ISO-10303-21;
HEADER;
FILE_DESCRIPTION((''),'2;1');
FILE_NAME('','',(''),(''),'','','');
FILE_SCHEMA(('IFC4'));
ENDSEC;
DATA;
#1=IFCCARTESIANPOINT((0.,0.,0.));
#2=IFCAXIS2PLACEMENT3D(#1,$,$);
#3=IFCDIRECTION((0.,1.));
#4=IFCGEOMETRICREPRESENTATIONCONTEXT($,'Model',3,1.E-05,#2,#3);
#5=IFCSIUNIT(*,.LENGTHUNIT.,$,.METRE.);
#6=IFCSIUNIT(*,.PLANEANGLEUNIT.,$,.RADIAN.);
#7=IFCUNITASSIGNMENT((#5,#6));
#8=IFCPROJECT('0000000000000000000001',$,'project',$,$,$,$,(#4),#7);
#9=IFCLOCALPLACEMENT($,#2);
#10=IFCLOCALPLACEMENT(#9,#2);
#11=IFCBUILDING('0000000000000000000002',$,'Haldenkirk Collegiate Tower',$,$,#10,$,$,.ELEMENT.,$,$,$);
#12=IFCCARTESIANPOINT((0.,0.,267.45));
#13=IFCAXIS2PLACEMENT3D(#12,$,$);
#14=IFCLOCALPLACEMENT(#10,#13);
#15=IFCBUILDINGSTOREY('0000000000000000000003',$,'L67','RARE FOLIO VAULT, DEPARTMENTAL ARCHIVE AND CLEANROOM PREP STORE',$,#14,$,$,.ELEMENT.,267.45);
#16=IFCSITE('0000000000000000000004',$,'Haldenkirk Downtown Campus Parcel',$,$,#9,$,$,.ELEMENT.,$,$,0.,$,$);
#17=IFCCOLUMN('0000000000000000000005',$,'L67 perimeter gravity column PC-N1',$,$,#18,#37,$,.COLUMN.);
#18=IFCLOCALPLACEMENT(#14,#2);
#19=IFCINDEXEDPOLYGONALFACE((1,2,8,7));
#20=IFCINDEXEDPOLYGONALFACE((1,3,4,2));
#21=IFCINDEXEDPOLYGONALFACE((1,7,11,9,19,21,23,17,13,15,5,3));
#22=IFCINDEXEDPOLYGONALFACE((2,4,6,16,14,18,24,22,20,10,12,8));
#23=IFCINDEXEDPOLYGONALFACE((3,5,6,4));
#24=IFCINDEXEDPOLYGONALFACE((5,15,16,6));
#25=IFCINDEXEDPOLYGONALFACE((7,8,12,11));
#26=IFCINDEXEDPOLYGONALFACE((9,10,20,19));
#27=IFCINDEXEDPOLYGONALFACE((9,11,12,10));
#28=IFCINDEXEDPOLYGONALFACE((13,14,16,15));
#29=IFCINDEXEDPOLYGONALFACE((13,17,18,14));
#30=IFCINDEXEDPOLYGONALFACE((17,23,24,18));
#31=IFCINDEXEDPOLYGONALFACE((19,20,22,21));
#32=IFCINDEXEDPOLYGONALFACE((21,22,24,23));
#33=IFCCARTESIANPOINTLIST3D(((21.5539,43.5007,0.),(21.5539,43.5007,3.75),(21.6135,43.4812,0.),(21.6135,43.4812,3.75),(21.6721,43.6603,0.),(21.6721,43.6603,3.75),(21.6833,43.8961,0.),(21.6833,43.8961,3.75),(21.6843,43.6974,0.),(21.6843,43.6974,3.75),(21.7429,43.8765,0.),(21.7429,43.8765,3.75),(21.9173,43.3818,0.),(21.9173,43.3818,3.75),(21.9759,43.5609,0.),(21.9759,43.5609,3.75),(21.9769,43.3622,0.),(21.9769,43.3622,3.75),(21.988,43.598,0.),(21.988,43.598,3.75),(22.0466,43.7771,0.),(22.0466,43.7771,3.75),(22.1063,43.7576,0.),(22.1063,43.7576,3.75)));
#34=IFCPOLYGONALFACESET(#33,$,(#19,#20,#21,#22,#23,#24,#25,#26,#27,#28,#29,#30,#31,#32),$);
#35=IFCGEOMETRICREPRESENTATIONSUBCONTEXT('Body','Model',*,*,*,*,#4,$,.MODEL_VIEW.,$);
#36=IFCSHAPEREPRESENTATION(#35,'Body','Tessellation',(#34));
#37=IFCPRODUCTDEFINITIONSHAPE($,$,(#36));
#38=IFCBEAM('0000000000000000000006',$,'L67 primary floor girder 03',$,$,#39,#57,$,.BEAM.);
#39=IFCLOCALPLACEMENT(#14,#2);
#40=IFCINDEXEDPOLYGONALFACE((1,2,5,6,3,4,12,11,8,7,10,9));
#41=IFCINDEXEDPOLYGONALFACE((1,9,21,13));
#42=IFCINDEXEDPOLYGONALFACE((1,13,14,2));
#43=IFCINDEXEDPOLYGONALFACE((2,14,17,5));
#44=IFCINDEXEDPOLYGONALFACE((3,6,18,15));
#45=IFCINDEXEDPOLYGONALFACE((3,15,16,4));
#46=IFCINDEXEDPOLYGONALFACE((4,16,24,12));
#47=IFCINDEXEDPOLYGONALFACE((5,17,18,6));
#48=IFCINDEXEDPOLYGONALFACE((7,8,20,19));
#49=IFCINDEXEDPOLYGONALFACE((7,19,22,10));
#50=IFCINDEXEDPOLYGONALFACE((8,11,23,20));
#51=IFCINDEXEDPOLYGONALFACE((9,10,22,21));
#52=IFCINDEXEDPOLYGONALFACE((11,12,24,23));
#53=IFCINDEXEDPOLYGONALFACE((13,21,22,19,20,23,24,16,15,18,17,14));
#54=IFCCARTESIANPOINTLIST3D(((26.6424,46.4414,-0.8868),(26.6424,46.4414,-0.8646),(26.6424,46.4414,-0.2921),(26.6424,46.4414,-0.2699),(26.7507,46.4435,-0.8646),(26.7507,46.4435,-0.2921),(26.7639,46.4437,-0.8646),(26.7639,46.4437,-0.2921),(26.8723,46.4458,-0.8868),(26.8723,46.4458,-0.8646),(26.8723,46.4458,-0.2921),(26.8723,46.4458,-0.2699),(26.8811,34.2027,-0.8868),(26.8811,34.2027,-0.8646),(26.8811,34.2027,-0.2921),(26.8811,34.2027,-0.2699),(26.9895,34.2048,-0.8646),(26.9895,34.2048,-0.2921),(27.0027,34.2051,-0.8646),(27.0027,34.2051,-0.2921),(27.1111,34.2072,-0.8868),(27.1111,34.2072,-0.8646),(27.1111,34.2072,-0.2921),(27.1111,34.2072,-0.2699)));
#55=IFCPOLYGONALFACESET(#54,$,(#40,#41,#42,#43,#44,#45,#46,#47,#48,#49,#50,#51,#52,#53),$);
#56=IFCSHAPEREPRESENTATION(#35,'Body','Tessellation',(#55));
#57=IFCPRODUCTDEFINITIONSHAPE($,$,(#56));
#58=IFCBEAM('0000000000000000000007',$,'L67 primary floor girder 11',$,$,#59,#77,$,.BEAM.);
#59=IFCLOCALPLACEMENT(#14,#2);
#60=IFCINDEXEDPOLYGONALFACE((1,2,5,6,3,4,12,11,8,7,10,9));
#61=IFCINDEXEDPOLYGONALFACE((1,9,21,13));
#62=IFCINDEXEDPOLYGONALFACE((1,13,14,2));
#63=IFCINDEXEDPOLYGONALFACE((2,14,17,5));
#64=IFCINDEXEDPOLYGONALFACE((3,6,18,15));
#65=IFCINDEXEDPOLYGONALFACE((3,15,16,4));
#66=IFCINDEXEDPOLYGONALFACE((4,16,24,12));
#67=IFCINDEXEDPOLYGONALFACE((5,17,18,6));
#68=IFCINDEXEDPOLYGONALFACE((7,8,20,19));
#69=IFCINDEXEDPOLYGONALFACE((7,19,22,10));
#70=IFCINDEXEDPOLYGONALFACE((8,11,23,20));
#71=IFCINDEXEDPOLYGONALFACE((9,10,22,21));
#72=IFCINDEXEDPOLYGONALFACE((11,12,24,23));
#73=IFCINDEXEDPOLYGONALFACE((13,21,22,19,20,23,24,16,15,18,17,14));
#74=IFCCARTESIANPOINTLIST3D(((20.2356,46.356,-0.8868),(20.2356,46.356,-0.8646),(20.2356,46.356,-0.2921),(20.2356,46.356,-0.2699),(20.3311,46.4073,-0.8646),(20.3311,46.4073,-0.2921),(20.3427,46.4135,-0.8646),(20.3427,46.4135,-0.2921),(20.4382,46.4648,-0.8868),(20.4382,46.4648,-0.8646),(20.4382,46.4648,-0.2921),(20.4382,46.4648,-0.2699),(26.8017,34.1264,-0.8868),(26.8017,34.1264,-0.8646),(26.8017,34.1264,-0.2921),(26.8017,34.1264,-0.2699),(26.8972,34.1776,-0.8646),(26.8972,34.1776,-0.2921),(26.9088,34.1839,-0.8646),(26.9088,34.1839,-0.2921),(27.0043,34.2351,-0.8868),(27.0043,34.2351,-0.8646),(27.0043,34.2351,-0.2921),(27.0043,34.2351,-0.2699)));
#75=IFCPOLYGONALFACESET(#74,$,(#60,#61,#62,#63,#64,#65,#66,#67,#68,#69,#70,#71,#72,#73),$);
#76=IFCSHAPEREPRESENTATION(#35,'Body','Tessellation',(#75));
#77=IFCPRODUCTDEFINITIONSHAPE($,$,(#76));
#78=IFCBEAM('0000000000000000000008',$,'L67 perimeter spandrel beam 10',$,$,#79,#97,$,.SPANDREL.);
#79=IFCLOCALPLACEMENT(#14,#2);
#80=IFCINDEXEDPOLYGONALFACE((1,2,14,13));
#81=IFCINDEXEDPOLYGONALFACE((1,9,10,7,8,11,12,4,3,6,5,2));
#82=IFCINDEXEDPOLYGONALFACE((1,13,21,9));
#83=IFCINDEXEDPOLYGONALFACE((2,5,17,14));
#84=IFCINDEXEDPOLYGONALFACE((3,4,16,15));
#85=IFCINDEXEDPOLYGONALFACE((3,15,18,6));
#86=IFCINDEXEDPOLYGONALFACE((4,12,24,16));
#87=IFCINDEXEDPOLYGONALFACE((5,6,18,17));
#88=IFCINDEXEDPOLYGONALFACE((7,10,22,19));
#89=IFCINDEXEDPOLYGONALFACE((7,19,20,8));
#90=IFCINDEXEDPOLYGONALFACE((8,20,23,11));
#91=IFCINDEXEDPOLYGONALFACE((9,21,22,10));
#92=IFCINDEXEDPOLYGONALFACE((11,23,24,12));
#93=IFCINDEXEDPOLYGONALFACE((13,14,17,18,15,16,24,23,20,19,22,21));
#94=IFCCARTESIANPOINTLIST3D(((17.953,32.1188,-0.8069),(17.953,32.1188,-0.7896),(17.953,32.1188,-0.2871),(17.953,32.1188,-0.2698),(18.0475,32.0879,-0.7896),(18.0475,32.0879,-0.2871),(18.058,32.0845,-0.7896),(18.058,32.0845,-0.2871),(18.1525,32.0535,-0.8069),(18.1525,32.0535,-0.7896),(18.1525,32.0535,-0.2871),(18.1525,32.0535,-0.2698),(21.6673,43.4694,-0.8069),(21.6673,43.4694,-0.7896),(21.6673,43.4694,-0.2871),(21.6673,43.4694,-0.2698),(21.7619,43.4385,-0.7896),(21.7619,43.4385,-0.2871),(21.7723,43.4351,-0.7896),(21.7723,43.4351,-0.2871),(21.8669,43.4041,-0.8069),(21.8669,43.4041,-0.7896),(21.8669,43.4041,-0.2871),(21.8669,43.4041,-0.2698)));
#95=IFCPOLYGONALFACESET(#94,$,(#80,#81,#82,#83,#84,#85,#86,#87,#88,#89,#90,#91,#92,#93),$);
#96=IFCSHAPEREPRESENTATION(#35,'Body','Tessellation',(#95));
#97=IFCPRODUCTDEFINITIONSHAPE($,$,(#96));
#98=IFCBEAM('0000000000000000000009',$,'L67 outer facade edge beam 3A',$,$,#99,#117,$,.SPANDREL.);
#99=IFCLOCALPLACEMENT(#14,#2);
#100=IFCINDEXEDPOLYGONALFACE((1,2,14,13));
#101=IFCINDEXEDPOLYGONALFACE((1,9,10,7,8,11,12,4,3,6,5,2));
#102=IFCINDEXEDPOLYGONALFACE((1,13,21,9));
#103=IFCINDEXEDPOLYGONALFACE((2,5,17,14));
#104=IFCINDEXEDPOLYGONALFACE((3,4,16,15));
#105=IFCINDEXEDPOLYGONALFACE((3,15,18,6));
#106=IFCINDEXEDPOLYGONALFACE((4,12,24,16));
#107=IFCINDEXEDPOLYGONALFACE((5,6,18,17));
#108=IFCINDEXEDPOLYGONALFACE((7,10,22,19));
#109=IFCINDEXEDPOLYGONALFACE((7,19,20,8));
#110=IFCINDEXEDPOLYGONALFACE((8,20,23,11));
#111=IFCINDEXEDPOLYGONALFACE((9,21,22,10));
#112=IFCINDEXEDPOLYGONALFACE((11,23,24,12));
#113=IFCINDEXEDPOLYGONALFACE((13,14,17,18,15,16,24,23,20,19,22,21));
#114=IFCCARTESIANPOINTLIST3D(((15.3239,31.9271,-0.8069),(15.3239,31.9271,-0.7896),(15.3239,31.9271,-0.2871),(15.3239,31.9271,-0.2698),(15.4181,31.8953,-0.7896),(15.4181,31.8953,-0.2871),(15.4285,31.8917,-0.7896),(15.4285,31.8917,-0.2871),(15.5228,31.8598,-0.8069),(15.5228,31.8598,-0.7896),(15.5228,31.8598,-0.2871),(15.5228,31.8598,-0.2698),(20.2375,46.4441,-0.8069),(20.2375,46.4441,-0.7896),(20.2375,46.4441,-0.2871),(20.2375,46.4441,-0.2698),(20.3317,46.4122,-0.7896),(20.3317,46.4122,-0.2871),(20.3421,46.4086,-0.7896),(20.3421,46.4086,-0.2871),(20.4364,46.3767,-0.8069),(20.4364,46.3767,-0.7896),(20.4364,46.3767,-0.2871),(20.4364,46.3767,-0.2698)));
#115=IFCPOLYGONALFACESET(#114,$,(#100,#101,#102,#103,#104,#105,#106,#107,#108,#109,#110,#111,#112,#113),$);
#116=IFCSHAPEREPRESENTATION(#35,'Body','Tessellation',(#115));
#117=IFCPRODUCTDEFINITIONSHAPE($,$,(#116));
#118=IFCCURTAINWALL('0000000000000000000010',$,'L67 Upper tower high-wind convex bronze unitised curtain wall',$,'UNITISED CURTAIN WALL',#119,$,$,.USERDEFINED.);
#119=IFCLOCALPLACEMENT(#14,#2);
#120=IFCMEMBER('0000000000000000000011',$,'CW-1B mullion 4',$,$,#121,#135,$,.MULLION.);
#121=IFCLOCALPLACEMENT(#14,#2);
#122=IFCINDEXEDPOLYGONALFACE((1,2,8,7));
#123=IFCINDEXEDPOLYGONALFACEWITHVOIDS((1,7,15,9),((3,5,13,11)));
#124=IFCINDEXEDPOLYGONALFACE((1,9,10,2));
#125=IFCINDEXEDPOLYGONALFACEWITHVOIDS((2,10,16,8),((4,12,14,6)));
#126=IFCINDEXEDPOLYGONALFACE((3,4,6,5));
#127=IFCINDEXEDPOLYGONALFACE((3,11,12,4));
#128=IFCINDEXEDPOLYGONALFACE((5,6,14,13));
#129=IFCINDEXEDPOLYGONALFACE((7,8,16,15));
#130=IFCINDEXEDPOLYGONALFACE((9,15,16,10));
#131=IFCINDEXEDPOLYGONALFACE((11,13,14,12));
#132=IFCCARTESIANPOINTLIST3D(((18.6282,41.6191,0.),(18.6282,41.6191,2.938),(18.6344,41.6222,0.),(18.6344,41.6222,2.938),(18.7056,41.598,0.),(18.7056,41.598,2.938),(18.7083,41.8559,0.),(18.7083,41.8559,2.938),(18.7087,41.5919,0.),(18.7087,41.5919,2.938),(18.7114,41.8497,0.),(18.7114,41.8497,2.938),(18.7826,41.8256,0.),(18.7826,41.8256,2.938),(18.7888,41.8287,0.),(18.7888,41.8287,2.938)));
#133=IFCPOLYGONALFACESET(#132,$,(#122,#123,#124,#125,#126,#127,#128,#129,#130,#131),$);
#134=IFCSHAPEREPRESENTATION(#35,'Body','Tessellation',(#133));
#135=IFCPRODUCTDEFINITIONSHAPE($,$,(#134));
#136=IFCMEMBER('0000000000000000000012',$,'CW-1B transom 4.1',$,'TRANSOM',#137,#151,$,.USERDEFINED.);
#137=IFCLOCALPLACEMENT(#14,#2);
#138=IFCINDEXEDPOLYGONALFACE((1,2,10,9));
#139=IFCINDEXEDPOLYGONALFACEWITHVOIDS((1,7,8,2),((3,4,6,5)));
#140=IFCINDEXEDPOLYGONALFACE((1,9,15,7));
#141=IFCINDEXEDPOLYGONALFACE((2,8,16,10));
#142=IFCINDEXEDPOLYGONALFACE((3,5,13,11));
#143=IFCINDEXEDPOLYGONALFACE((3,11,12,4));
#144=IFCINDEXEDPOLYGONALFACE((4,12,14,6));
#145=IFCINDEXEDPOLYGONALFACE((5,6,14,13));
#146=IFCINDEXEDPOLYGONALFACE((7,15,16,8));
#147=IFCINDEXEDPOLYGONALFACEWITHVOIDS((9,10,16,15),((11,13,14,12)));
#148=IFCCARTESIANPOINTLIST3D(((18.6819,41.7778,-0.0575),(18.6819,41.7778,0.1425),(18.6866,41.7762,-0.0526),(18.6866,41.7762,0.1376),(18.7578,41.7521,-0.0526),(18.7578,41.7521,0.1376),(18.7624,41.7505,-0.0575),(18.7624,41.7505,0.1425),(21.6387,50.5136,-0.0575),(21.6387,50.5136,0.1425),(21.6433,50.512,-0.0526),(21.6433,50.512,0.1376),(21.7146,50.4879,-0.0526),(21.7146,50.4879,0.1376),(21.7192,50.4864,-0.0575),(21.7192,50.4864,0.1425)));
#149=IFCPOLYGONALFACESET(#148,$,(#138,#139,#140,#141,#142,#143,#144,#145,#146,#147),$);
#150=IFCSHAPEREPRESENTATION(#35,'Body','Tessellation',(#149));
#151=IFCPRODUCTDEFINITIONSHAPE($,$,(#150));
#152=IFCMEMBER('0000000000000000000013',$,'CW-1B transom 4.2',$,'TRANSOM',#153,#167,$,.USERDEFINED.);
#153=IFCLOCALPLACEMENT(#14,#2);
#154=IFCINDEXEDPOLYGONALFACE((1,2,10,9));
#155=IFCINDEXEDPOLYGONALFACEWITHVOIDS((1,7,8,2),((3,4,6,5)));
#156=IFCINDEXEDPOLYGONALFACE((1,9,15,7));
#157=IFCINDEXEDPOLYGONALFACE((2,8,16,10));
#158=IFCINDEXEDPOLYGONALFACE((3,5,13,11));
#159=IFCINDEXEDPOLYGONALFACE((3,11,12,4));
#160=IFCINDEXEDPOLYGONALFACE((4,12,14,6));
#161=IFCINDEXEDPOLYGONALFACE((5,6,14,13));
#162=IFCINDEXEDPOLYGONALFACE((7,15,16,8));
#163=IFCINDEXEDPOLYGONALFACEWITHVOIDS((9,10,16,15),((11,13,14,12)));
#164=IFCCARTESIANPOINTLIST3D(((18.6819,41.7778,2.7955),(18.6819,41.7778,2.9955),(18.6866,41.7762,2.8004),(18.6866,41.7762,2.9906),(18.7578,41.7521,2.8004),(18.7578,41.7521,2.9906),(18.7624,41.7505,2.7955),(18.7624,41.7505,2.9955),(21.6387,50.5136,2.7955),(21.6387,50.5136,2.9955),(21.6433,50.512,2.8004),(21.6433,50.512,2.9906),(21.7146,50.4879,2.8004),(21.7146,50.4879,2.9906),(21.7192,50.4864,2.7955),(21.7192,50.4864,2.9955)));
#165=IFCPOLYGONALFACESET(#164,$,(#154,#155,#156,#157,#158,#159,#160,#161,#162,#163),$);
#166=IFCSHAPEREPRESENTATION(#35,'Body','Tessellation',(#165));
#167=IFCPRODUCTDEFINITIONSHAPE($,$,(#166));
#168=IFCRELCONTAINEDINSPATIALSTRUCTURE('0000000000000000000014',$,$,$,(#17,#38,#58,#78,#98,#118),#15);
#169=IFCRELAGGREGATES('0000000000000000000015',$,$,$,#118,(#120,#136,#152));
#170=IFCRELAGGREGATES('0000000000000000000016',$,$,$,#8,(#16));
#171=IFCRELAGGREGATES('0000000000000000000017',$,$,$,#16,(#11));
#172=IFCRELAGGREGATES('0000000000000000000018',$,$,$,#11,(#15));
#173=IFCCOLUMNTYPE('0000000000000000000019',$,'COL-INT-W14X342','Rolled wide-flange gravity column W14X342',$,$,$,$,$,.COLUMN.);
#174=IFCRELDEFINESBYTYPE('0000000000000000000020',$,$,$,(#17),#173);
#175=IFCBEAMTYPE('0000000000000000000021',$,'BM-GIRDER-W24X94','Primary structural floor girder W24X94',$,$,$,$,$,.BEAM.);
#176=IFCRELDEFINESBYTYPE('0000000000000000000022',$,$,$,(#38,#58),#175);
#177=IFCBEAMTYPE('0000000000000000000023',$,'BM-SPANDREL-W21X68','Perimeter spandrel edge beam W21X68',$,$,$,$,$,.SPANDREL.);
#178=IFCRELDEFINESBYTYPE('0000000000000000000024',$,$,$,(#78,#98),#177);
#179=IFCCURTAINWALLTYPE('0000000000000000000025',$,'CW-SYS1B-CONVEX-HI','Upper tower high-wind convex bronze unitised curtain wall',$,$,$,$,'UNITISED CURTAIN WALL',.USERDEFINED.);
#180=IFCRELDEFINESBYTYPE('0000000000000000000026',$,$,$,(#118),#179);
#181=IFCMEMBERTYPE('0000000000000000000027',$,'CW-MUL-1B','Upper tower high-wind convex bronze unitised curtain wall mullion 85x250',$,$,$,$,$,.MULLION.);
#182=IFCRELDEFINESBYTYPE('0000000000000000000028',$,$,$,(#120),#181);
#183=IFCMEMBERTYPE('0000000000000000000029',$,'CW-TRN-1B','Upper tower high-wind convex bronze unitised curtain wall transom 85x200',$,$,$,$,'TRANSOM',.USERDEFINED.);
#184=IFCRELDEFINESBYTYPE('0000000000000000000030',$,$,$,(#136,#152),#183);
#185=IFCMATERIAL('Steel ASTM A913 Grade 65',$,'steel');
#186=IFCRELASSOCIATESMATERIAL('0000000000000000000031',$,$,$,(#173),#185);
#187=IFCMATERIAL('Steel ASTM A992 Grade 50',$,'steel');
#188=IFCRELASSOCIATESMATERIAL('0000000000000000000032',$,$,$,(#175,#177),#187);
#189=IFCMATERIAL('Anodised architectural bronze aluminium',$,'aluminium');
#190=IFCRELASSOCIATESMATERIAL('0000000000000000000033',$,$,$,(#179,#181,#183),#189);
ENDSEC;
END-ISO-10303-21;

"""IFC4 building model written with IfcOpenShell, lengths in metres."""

from ifc_helpers import new_model, si_unit, direction, frame, origin, origin_2d, place, context, subcontext, project, spatial, hollow_rectangle, i_section, extrude, material, material_profile, profile_set, type_object, element, aggregate, save


model = new_model("IFC4")

# Units and contexts
model_context = context("Model", 3, precision=1e-05, world=origin(), true_north=direction((0.0, 1.0)))
body_context = subcontext(model_context, "Body", "Model", "MODEL_VIEW")
ifc_project = project(units=[si_unit("LENGTHUNIT", "METRE"), si_unit("PLANEANGLEUNIT", "RADIAN")], contexts=[model_context])

# Site, building, storey
site_placement = place(None, origin())
site = spatial("IfcSite", under=ifc_project, at=site_placement, Name="Haldenkirk Downtown Campus Parcel", CompositionType="ELEMENT", RefElevation=0.0)
building_placement = place(site_placement, origin())
building = spatial("IfcBuilding", under=site, at=building_placement, Name="Haldenkirk Collegiate Tower", CompositionType="ELEMENT")
storey_placement = place(building_placement, frame((0.0, 0.0, 267.45)))
storey = spatial("IfcBuildingStorey", under=building, at=storey_placement, Name="L67", Description="RARE FOLIO VAULT, DEPARTMENTAL ARCHIVE AND CLEANROOM PREP STORE", CompositionType="ELEMENT", Elevation=267.45)

# Column
ifc_material_1 = material(Name="Steel ASTM A913 Grade 65", Category="steel")
ifc_material_profile_1 = material_profile(ifc_material_1, i_section(OverallWidth=0.416, OverallDepth=0.4451, WebThickness=0.0391, FlangeThickness=0.0627, at=origin_2d()), Name="W14X342")
ifc_profile_set_1 = profile_set([ifc_material_profile_1], Name="Steel ASTM A913 Grade 65")
column_type = type_object("IfcColumnType", Name="COL-INT-W14X342", Description="Rolled wide-flange gravity column W14X342", PredefinedType="COLUMN", material=ifc_profile_set_1)
column_placement = place(storey_placement, frame((21.8301, 43.6292, 0.0), z_axis=(0.0, 0.0, 1.0), x_axis=(0.311008, 0.950407, 0.0)))
element("IfcColumn", 1, at=column_placement, inside=storey, type_object=column_type, Name="L67 perimeter gravity column PC-N1", PredefinedType="COLUMN", context=body_context, shape_type="SweptSolid", body=[
    extrude(i_section(OverallWidth=0.416, OverallDepth=0.4451, WebThickness=0.0391, FlangeThickness=0.0627, at=origin_2d()), origin(), (0.0, 0.0, 1.0), 3.75),
])

# Beams
ifc_material_2 = material(Name="Steel ASTM A992 Grade 50", Category="steel")
ifc_material_profile_2 = material_profile(ifc_material_2, i_section(OverallWidth=0.23, OverallDepth=0.6169, WebThickness=0.0132, FlangeThickness=0.0222, at=origin_2d()), Name="W24X94")
ifc_profile_set_2 = profile_set([ifc_material_profile_2], Name="Steel ASTM A992 Grade 50")
beam_type_1 = type_object("IfcBeamType", Name="BM-GIRDER-W24X94", Description="Primary structural floor girder W24X94", PredefinedType="BEAM", material=ifc_profile_set_2)
beam_1_placement = place(storey_placement, frame((26.7573, 46.4436, -0.5784), z_axis=(0.019506, -0.99981, 0.0), x_axis=(0.99981, 0.019506, 0.0)))
element("IfcBeam", 2, at=beam_1_placement, inside=storey, type_object=beam_type_1, Name="L67 primary floor girder 03", PredefinedType="BEAM", context=body_context, shape_type="SweptSolid", body=[
    extrude(i_section(OverallWidth=0.23, OverallDepth=0.6169, WebThickness=0.0132, FlangeThickness=0.0222, at=origin_2d()), origin(), (0.0, 0.0, 1.0), 12.241),
])
beam_2_placement = place(storey_placement, frame((20.3369, 46.4104, -0.5784), z_axis=(0.473034, -0.881044, 0.0), x_axis=(0.881044, 0.473034, 0.0)))
element("IfcBeam", 3, at=beam_2_placement, inside=storey, type_object=beam_type_1, Name="L67 primary floor girder 11", PredefinedType="BEAM", context=body_context, shape_type="SweptSolid", body=[
    extrude(i_section(OverallWidth=0.23, OverallDepth=0.6169, WebThickness=0.0132, FlangeThickness=0.0222, at=origin_2d()), origin(), (0.0, 0.0, 1.0), 13.8809),
])
ifc_material_profile_3 = material_profile(ifc_material_2, i_section(OverallWidth=0.21, OverallDepth=0.5371, WebThickness=0.011, FlangeThickness=0.0173, at=origin_2d()), Name="W21X68")
ifc_profile_set_3 = profile_set([ifc_material_profile_3], Name="Steel ASTM A992 Grade 50")
beam_type_2 = type_object("IfcBeamType", Name="BM-SPANDREL-W21X68", Description="Perimeter spandrel edge beam W21X68", PredefinedType="SPANDREL", material=ifc_profile_set_3)
beam_3_placement = place(storey_placement, frame((21.7671, 43.4368, -0.5383), z_axis=(-0.31101, -0.950407, 0.0), x_axis=(0.950407, -0.31101, 0.0)))
element("IfcBeam", 4, at=beam_3_placement, inside=storey, type_object=beam_type_2, Name="L67 perimeter spandrel beam 10", PredefinedType="SPANDREL", context=body_context, shape_type="SweptSolid", body=[
    extrude(i_section(OverallWidth=0.21, OverallDepth=0.5371, WebThickness=0.011, FlangeThickness=0.0173, at=origin_2d()), origin(), (0.0, 0.0, 1.0), 11.9429),
])
beam_4_placement = place(storey_placement, frame((20.3369, 46.4104, -0.5383), z_axis=(-0.320607, -0.947212, 0.0), x_axis=(0.947212, -0.320607, 0.0)))
element("IfcBeam", 5, at=beam_4_placement, inside=storey, type_object=beam_type_2, Name="L67 outer facade edge beam 3A", PredefinedType="SPANDREL", context=body_context, shape_type="SweptSolid", body=[
    extrude(i_section(OverallWidth=0.21, OverallDepth=0.5371, WebThickness=0.011, FlangeThickness=0.0173, at=origin_2d()), origin(), (0.0, 0.0, 1.0), 15.3259),
])

# Curtain wall, members
ifc_material_3 = material(Name="Anodised architectural bronze aluminium", Category="aluminium")
curtain_wall_type = type_object("IfcCurtainWallType", Name="CW-SYS1B-CONVEX-HI", Description="Upper tower high-wind convex bronze unitised curtain wall", ElementType="UNITISED CURTAIN WALL", PredefinedType="USERDEFINED", material=ifc_material_3)
curtain_wall_placement = place(storey_placement, origin())
curtain_wall = element("IfcCurtainWall", 6, at=curtain_wall_placement, inside=storey, type_object=curtain_wall_type, Name="L67 Upper tower high-wind convex bronze unitised curtain wall", ObjectType="UNITISED CURTAIN WALL", PredefinedType="USERDEFINED")
ifc_material_profile_4 = material_profile(ifc_material_3, hollow_rectangle(XDim=0.085, YDim=0.25, WallThickness=0.0049, at=origin_2d()), Name="CW-MUL-1B")
ifc_profile_set_4 = profile_set([ifc_material_profile_4], Name="Anodised architectural bronze aluminium")
member_type_1 = type_object("IfcMemberType", Name="CW-MUL-1B", Description="Upper tower high-wind convex bronze unitised curtain wall mullion 85x250", PredefinedType="MULLION", material=ifc_profile_set_4)
member_1_placement = place(storey_placement, frame((18.7085, 41.7239, 0.0), z_axis=(0.0, 0.0, 1.0), x_axis=(-0.947211, 0.320612, 0.0)))
member_1 = element("IfcMember", 7, at=member_1_placement, type_object=member_type_1, Name="CW-1B mullion 4", PredefinedType="MULLION", context=body_context, shape_type="SweptSolid", body=[
    extrude(hollow_rectangle(XDim=0.085, YDim=0.25, WallThickness=0.0049, at=origin_2d()), origin(), (0.0, 0.0, 1.0), 2.938),
])
ifc_material_profile_5 = material_profile(ifc_material_3, hollow_rectangle(XDim=0.085, YDim=0.2, WallThickness=0.0049, at=origin_2d()), Name="CW-TRN-1B")
ifc_profile_set_5 = profile_set([ifc_material_profile_5], Name="Anodised architectural bronze aluminium")
member_type_2 = type_object("IfcMemberType", Name="CW-TRN-1B", Description="Upper tower high-wind convex bronze unitised curtain wall transom 85x200", ElementType="TRANSOM", PredefinedType="USERDEFINED", material=ifc_profile_set_5)
member_2_placement = place(storey_placement, frame((18.7222, 41.7642, 0.0425), z_axis=(0.3206, 0.947215, 0.0), x_axis=(-0.947215, 0.3206, 0.0)))
member_2 = element("IfcMember", 8, at=member_2_placement, type_object=member_type_2, Name="CW-1B transom 4.1", ObjectType="TRANSOM", PredefinedType="USERDEFINED", context=body_context, shape_type="SweptSolid", body=[
    extrude(hollow_rectangle(XDim=0.085, YDim=0.2, WallThickness=0.0049, at=origin_2d()), origin(), (0.0, 0.0, 1.0), 9.2227),
])
member_3_placement = place(storey_placement, frame((18.7222, 41.7642, 2.8955), z_axis=(0.3206, 0.947215, 0.0), x_axis=(-0.947215, 0.3206, 0.0)))
member_3 = element("IfcMember", 9, at=member_3_placement, type_object=member_type_2, Name="CW-1B transom 4.2", ObjectType="TRANSOM", PredefinedType="USERDEFINED", context=body_context, shape_type="SweptSolid", body=[
    extrude(hollow_rectangle(XDim=0.085, YDim=0.2, WallThickness=0.0049, at=origin_2d()), origin(), (0.0, 0.0, 1.0), 9.2227),
])

aggregate(curtain_wall, [member_1, member_2, member_3])

save(model, "model.ifc")
